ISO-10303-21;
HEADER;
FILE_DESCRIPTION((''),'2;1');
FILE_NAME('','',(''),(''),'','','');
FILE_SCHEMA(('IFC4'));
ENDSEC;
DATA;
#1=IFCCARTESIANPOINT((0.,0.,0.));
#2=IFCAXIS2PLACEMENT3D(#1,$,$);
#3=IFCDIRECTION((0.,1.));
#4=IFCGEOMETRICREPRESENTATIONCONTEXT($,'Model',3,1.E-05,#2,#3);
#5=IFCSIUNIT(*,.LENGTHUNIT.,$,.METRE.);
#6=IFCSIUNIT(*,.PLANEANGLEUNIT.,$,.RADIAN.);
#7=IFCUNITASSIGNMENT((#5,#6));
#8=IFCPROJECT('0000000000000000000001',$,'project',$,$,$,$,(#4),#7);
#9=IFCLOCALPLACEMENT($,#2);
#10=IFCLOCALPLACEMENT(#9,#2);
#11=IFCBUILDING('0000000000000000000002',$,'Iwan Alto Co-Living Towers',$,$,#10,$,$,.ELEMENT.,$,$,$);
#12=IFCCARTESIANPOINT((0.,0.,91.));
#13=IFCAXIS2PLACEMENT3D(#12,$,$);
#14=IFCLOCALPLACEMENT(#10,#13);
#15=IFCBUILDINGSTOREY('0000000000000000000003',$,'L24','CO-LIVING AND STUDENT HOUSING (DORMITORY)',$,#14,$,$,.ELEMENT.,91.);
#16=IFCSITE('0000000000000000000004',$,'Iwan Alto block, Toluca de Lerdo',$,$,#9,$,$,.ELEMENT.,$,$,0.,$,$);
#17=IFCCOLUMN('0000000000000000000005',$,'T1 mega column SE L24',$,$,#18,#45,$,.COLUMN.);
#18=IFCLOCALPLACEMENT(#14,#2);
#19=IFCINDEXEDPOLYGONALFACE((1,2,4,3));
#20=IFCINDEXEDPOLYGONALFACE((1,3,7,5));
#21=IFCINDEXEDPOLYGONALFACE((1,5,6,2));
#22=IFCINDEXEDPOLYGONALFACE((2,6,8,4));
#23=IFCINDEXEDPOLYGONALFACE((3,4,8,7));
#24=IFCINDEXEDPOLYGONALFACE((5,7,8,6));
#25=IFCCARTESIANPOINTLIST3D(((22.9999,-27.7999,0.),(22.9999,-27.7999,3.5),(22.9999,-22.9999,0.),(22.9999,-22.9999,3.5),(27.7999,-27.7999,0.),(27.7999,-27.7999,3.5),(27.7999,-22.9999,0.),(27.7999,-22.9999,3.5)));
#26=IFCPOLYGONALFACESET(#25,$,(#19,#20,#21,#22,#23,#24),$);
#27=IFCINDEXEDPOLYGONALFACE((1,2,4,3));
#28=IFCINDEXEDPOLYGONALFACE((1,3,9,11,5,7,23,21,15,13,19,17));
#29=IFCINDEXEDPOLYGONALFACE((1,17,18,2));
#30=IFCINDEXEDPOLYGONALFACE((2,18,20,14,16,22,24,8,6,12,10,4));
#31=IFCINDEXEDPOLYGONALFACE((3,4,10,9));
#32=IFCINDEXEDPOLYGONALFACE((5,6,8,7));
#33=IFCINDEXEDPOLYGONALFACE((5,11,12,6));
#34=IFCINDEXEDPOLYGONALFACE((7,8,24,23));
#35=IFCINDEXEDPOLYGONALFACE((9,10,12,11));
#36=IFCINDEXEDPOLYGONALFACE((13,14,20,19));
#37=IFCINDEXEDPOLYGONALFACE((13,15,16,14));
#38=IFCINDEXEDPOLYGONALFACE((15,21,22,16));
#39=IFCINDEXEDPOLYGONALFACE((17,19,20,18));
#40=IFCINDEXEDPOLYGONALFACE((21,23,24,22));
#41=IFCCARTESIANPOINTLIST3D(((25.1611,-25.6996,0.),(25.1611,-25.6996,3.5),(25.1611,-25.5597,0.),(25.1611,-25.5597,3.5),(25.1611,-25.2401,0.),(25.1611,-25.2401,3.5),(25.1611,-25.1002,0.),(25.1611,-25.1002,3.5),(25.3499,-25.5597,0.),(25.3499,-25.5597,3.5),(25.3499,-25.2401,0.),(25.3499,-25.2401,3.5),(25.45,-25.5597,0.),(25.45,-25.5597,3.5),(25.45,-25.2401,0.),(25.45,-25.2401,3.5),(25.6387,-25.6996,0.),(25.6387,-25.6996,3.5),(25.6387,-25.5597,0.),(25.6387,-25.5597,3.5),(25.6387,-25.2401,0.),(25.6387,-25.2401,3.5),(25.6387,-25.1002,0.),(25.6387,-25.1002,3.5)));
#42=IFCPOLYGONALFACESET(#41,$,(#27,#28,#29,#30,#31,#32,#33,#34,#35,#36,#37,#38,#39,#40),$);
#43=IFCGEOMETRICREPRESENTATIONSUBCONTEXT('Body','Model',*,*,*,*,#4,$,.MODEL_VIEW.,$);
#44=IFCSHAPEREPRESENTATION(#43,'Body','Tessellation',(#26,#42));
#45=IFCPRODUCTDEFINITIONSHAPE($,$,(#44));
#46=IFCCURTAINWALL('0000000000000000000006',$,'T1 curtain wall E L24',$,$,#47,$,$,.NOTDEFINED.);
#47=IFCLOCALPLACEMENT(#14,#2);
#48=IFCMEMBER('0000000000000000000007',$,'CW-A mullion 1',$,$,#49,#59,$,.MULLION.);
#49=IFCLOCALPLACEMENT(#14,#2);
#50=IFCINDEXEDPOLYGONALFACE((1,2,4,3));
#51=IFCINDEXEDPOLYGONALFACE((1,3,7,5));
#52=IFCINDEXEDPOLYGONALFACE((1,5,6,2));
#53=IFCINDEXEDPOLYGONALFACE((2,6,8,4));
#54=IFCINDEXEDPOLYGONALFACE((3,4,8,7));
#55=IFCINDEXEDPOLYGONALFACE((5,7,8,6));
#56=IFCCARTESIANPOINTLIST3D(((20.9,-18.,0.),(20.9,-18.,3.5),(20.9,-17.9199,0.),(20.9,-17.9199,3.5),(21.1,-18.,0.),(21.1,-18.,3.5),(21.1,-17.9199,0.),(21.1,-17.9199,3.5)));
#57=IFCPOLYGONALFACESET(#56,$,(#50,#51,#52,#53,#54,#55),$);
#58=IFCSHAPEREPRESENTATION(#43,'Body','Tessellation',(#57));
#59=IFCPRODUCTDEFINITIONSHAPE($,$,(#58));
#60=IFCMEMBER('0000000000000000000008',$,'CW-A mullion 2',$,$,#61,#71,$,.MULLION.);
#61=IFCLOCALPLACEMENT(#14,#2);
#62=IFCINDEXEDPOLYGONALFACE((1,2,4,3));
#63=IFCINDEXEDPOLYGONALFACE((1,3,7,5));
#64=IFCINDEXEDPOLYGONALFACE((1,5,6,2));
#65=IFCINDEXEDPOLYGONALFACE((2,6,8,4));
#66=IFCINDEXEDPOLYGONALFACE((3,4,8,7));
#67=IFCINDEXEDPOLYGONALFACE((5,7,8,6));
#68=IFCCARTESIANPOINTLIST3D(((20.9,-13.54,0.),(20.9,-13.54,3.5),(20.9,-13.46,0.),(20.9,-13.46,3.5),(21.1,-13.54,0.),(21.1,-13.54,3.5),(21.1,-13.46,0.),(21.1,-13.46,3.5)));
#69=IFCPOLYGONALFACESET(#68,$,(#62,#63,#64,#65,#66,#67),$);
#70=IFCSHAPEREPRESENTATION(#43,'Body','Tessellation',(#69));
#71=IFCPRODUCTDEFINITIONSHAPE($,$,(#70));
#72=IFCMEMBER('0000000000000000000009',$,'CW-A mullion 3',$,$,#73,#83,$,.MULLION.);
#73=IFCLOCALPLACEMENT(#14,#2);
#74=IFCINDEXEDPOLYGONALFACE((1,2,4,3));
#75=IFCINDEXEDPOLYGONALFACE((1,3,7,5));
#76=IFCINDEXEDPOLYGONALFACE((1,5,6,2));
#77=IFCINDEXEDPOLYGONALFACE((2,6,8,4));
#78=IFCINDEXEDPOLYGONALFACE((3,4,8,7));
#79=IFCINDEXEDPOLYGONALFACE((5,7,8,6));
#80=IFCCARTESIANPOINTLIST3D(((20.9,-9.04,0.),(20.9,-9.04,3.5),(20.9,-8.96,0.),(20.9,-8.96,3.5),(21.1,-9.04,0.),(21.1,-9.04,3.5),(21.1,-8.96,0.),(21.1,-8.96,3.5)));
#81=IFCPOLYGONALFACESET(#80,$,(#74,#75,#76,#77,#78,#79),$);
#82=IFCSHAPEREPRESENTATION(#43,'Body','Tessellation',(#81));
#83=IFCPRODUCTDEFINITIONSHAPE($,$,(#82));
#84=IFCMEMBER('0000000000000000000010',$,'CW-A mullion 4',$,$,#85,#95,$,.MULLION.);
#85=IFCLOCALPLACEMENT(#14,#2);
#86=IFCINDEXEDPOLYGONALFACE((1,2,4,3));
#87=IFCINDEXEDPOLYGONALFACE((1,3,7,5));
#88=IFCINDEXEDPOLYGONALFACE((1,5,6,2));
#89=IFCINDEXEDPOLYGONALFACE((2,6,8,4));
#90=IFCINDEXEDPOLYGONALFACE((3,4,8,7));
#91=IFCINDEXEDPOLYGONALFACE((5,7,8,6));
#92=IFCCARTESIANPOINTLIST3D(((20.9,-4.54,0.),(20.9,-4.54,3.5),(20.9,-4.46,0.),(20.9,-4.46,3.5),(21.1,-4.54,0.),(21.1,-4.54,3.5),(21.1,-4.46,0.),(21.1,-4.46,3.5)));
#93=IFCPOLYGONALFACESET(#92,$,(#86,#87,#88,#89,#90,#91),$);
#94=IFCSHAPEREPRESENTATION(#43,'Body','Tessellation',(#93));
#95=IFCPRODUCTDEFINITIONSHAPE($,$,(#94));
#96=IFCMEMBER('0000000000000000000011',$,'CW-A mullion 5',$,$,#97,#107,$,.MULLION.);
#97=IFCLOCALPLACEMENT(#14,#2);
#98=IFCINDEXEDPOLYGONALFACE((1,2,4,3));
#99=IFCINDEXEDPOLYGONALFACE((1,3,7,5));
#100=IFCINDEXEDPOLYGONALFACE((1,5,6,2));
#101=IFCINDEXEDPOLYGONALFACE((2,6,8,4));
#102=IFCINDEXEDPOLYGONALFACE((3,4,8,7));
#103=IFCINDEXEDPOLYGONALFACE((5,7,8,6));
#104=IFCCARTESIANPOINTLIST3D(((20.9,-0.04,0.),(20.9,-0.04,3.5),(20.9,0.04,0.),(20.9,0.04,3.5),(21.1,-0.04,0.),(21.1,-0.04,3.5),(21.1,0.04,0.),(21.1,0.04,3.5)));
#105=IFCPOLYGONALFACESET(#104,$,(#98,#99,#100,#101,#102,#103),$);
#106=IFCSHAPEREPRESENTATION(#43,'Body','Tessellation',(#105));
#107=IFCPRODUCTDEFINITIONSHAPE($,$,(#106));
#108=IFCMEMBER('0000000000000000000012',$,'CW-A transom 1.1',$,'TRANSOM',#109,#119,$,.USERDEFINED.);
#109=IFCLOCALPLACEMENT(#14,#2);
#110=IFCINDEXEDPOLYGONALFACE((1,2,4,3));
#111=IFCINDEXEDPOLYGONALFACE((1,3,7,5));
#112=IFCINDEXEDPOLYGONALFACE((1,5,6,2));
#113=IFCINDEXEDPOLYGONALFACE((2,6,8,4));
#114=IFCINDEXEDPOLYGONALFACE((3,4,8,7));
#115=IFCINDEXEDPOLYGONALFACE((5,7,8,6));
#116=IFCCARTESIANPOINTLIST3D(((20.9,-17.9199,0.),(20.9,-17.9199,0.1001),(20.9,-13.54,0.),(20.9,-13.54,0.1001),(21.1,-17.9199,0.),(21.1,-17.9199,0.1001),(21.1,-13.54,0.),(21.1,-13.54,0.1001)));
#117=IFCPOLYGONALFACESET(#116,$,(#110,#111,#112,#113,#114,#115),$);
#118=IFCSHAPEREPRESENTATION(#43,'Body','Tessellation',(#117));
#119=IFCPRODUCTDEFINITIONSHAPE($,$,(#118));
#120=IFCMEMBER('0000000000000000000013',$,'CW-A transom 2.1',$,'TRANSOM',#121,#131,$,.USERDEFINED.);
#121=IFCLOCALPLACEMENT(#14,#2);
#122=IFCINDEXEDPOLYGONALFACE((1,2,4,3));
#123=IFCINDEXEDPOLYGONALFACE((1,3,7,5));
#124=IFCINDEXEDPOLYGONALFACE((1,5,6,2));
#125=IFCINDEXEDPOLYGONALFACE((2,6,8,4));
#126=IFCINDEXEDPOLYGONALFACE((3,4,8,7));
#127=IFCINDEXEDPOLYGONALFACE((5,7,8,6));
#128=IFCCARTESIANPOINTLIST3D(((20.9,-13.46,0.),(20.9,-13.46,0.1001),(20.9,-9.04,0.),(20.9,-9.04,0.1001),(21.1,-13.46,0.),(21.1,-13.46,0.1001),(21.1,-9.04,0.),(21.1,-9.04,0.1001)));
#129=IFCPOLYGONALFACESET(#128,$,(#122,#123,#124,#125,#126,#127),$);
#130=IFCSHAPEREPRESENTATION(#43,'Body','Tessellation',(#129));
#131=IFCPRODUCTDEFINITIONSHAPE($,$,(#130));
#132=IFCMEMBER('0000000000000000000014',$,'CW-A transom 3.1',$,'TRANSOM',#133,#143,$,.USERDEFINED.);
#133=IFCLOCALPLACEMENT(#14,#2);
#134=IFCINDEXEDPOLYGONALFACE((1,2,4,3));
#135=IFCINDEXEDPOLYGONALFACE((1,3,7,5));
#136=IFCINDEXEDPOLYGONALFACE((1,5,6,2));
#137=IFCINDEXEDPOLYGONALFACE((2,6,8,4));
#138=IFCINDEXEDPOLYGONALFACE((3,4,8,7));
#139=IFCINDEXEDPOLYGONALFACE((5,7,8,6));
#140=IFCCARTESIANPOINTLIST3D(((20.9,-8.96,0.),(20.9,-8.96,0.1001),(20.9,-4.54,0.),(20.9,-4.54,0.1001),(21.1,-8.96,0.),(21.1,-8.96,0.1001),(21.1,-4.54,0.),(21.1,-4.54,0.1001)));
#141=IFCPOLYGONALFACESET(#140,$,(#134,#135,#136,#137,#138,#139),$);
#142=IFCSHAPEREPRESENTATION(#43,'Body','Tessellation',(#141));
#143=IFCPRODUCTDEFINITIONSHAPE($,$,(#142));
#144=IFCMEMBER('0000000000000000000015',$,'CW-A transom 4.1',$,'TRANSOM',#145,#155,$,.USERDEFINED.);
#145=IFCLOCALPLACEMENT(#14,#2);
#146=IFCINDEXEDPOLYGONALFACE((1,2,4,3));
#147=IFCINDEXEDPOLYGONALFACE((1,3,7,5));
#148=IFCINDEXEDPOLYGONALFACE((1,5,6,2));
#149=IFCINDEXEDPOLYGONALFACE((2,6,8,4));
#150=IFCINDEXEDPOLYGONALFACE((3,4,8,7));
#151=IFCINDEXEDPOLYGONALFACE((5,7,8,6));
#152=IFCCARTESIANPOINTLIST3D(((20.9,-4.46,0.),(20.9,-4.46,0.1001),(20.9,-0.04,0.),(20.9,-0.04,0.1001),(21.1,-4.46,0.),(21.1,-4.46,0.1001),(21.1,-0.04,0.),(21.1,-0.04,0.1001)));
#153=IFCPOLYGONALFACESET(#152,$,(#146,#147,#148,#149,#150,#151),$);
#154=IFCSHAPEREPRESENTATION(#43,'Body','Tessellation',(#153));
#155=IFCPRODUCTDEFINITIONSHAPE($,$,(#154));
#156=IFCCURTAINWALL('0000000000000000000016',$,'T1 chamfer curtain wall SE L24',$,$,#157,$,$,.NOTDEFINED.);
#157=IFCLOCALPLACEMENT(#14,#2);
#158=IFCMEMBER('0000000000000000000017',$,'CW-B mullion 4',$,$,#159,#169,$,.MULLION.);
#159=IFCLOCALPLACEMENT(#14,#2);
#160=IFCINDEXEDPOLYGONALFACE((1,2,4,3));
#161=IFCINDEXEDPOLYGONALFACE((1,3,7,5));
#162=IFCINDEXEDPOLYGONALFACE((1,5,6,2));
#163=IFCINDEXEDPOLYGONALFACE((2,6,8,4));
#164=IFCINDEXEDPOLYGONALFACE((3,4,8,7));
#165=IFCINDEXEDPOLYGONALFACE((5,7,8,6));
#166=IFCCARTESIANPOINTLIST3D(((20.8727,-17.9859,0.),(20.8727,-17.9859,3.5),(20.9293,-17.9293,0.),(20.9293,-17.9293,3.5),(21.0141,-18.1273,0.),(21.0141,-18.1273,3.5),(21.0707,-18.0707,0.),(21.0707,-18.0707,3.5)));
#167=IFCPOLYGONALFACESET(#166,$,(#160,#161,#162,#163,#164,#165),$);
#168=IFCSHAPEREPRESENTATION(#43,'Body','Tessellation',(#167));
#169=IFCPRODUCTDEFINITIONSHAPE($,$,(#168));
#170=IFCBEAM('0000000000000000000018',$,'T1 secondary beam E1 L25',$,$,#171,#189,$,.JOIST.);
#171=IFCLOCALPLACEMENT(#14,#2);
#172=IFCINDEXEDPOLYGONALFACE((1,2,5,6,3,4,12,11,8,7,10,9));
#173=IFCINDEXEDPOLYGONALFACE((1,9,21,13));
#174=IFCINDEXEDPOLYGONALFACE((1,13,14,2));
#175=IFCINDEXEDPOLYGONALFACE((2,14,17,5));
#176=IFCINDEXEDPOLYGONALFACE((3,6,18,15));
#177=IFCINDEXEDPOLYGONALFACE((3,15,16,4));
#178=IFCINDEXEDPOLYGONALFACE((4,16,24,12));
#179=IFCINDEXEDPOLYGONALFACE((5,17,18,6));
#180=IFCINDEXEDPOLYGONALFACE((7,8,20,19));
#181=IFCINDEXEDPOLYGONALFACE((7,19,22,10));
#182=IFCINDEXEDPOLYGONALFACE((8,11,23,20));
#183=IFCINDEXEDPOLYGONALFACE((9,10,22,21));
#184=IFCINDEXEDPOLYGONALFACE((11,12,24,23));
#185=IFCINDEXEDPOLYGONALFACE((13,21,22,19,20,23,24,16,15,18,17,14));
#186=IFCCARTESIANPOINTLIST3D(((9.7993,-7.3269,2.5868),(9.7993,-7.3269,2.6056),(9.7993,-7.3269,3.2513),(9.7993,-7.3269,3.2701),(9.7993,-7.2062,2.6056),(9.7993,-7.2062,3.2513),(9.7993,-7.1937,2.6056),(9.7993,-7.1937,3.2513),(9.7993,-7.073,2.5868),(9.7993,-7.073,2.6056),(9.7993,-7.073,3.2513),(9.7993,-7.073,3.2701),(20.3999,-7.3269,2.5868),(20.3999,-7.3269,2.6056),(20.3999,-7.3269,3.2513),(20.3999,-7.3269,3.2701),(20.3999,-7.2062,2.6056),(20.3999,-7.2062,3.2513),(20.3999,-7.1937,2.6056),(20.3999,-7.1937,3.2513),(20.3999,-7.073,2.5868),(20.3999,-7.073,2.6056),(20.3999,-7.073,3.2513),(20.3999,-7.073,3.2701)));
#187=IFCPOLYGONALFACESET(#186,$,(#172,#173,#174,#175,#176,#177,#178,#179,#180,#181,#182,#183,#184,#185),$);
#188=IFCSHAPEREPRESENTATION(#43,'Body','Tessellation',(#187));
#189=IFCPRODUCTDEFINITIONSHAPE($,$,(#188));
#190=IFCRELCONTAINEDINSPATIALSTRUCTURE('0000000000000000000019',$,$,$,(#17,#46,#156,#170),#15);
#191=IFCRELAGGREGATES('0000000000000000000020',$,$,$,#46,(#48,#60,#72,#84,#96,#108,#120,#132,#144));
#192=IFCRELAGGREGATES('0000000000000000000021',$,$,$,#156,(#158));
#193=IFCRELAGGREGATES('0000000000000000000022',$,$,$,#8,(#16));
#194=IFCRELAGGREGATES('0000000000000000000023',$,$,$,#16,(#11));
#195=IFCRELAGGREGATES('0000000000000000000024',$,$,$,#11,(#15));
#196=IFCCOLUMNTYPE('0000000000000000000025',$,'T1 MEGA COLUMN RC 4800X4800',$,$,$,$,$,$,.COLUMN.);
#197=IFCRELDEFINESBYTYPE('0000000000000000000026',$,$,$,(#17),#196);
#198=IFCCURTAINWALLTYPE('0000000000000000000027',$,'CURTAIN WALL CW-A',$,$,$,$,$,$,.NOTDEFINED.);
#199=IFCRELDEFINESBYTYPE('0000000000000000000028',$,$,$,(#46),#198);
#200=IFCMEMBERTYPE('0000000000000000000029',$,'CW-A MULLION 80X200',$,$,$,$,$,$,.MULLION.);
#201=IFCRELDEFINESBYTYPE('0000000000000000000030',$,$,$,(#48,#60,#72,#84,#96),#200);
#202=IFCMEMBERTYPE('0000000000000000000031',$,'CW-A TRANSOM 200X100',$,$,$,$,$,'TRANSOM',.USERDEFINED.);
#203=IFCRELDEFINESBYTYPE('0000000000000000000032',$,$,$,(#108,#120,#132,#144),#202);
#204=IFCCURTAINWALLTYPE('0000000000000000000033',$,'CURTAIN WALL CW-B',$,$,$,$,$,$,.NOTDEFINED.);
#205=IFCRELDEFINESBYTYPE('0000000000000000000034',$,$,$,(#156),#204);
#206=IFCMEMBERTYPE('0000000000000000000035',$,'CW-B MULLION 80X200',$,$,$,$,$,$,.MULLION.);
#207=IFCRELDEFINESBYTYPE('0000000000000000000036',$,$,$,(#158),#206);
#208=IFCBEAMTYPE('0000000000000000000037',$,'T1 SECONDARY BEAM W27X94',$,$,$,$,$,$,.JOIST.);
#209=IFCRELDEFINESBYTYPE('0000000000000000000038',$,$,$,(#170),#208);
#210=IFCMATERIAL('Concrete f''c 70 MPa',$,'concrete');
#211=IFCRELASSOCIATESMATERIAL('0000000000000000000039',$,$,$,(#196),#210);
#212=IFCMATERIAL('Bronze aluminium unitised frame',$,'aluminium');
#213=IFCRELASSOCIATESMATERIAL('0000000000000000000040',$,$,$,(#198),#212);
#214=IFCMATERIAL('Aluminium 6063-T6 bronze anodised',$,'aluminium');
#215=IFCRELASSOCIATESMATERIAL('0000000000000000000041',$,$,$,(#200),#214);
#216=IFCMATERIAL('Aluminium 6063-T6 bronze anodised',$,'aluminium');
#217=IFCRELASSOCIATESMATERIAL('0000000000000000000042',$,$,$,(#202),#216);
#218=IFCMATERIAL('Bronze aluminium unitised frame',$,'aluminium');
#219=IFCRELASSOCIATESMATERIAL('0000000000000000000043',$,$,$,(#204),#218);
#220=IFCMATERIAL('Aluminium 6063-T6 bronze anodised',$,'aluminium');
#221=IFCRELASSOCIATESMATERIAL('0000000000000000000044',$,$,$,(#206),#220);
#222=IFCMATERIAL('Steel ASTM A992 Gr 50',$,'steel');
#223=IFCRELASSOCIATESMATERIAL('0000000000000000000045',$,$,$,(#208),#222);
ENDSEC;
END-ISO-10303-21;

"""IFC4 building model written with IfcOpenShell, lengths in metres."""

from ifc_helpers import new_model, si_unit, direction, frame, origin, origin_2d, place, context, subcontext, project, spatial, rectangle, i_section, extrude, material, material_profile, profile_set, type_object, element, aggregate, save


model = new_model("IFC4")

# Units and contexts
model_context = context("Model", 3, precision=1e-05, world=origin(), true_north=direction((0.0, 1.0)))
body_context = subcontext(model_context, "Body", "Model", "MODEL_VIEW")
ifc_project = project(units=[si_unit("LENGTHUNIT", "METRE"), si_unit("PLANEANGLEUNIT", "RADIAN")], contexts=[model_context])

# Site, building, storey
site_placement = place(None, origin())
site = spatial("IfcSite", under=ifc_project, at=site_placement, Name="Iwan Alto block, Toluca de Lerdo", CompositionType="ELEMENT", RefElevation=0.0)
building_placement = place(site_placement, origin())
building = spatial("IfcBuilding", under=site, at=building_placement, Name="Iwan Alto Co-Living Towers", CompositionType="ELEMENT")
storey_placement = place(building_placement, frame((0.0, 0.0, 91.0)))
storey = spatial("IfcBuildingStorey", under=building, at=storey_placement, Name="L24", Description="CO-LIVING AND STUDENT HOUSING (DORMITORY)", CompositionType="ELEMENT", Elevation=91.0)

# Column
ifc_material_1 = material(Name="Concrete f'c 70 MPa", Category="concrete")
ifc_material_profile_1 = material_profile(ifc_material_1, rectangle(XDim=4.8, YDim=4.8, at=origin_2d()), Name="RC 4800X4800")
ifc_profile_set_1 = profile_set([ifc_material_profile_1], Name="Concrete f'c 70 MPa")
column_type = type_object("IfcColumnType", Name="T1 MEGA COLUMN RC 4800X4800", PredefinedType="COLUMN", material=ifc_profile_set_1)
column_placement = place(storey_placement, frame((25.3999, -25.3999, 0.0), z_axis=(0.0, 0.0, 1.0), x_axis=(1.0, 0.0, 0.0)))
element("IfcColumn", 1, at=column_placement, inside=storey, type_object=column_type, Name="T1 mega column SE L24", PredefinedType="COLUMN", context=body_context, shape_type="SweptSolid", body=[
    extrude(rectangle(XDim=4.8, YDim=4.8, at=origin_2d()), origin(), (0.0, 0.0, 1.0), 3.5),
    extrude(i_section(OverallWidth=0.4775, OverallDepth=0.5994, WebThickness=0.1001, FlangeThickness=0.1399, at=origin_2d()), origin(), (0.0, 0.0, 1.0), 3.5),
])

# Curtain wall, members
ifc_material_2 = material(Name="Bronze aluminium unitised frame", Category="aluminium")
curtain_wall_type_1 = type_object("IfcCurtainWallType", Name="CURTAIN WALL CW-A", PredefinedType="NOTDEFINED", material=ifc_material_2)
curtain_wall_1_placement = place(storey_placement, origin())
curtain_wall_1 = element("IfcCurtainWall", 2, at=curtain_wall_1_placement, inside=storey, type_object=curtain_wall_type_1, Name="T1 curtain wall E L24", PredefinedType="NOTDEFINED")
ifc_material_3 = material(Name="Aluminium 6063-T6 bronze anodised", Category="aluminium")
ifc_material_profile_2 = material_profile(ifc_material_3, rectangle(XDim=0.2, YDim=0.0801, at=origin_2d()), Name="AL 80X200")
ifc_profile_set_2 = profile_set([ifc_material_profile_2], Name="Aluminium 6063-T6 bronze anodised")
member_type_1 = type_object("IfcMemberType", Name="CW-A MULLION 80X200", PredefinedType="MULLION", material=ifc_profile_set_2)
member_1_placement = place(storey_placement, frame((21.0, -17.96, 0.0), z_axis=(0.0, 0.0, 1.0), x_axis=(-1.0, 0.0, 0.0)))
member_1 = element("IfcMember", 3, at=member_1_placement, type_object=member_type_1, Name="CW-A mullion 1", PredefinedType="MULLION", context=body_context, shape_type="SweptSolid", body=[
    extrude(rectangle(XDim=0.2, YDim=0.0801, at=origin_2d()), origin(), (0.0, 0.0, 1.0), 3.5),
])
member_2_placement = place(storey_placement, frame((21.0, -13.5, 0.0), z_axis=(0.0, 0.0, 1.0), x_axis=(-1.0, 0.0, 0.0)))
member_2 = element("IfcMember", 4, at=member_2_placement, type_object=member_type_1, Name="CW-A mullion 2", PredefinedType="MULLION", context=body_context, shape_type="SweptSolid", body=[
    extrude(rectangle(XDim=0.2, YDim=0.0801, at=origin_2d()), origin(), (0.0, 0.0, 1.0), 3.5),
])
member_3_placement = place(storey_placement, frame((21.0, -9.0, 0.0), z_axis=(0.0, 0.0, 1.0), x_axis=(-1.0, 0.0, 0.0)))
member_3 = element("IfcMember", 5, at=member_3_placement, type_object=member_type_1, Name="CW-A mullion 3", PredefinedType="MULLION", context=body_context, shape_type="SweptSolid", body=[
    extrude(rectangle(XDim=0.2, YDim=0.0801, at=origin_2d()), origin(), (0.0, 0.0, 1.0), 3.5),
])
member_4_placement = place(storey_placement, frame((21.0, -4.5, 0.0), z_axis=(0.0, 0.0, 1.0), x_axis=(-1.0, 0.0, 0.0)))
member_4 = element("IfcMember", 6, at=member_4_placement, type_object=member_type_1, Name="CW-A mullion 4", PredefinedType="MULLION", context=body_context, shape_type="SweptSolid", body=[
    extrude(rectangle(XDim=0.2, YDim=0.0801, at=origin_2d()), origin(), (0.0, 0.0, 1.0), 3.5),
])
member_5_placement = place(storey_placement, frame((21.0, 0.0, 0.0), z_axis=(0.0, 0.0, 1.0), x_axis=(-1.0, 0.0, 0.0)))
member_5 = element("IfcMember", 7, at=member_5_placement, type_object=member_type_1, Name="CW-A mullion 5", PredefinedType="MULLION", context=body_context, shape_type="SweptSolid", body=[
    extrude(rectangle(XDim=0.2, YDim=0.0801, at=origin_2d()), origin(), (0.0, 0.0, 1.0), 3.5),
])
ifc_material_4 = material(Name="Aluminium 6063-T6 bronze anodised", Category="aluminium")
ifc_material_profile_3 = material_profile(ifc_material_4, rectangle(XDim=0.2, YDim=0.1001, at=origin_2d()), Name="AL 200X100")
ifc_profile_set_3 = profile_set([ifc_material_profile_3], Name="Aluminium 6063-T6 bronze anodised")
member_type_2 = type_object("IfcMemberType", Name="CW-A TRANSOM 200X100", ElementType="TRANSOM", PredefinedType="USERDEFINED", material=ifc_profile_set_3)
member_6_placement = place(storey_placement, frame((21.0, -17.9199, 0.05), z_axis=(0.0, 1.0, 0.0), x_axis=(-1.0, 0.0, 0.0)))
member_6 = element("IfcMember", 8, at=member_6_placement, type_object=member_type_2, Name="CW-A transom 1.1", ObjectType="TRANSOM", PredefinedType="USERDEFINED", context=body_context, shape_type="SweptSolid", body=[
    extrude(rectangle(XDim=0.2, YDim=0.1001, at=origin_2d()), origin(), (0.0, 0.0, 1.0), 4.3799),
])
member_7_placement = place(storey_placement, frame((21.0, -13.46, 0.05), z_axis=(0.0, 1.0, 0.0), x_axis=(-1.0, 0.0, 0.0)))
member_7 = element("IfcMember", 9, at=member_7_placement, type_object=member_type_2, Name="CW-A transom 2.1", ObjectType="TRANSOM", PredefinedType="USERDEFINED", context=body_context, shape_type="SweptSolid", body=[
    extrude(rectangle(XDim=0.2, YDim=0.1001, at=origin_2d()), origin(), (0.0, 0.0, 1.0), 4.4199),
])
member_8_placement = place(storey_placement, frame((21.0, -8.96, 0.05), z_axis=(0.0, 1.0, 0.0), x_axis=(-1.0, 0.0, 0.0)))
member_8 = element("IfcMember", 10, at=member_8_placement, type_object=member_type_2, Name="CW-A transom 3.1", ObjectType="TRANSOM", PredefinedType="USERDEFINED", context=body_context, shape_type="SweptSolid", body=[
    extrude(rectangle(XDim=0.2, YDim=0.1001, at=origin_2d()), origin(), (0.0, 0.0, 1.0), 4.4199),
])
member_9_placement = place(storey_placement, frame((21.0, -4.46, 0.05), z_axis=(0.0, 1.0, 0.0), x_axis=(-1.0, 0.0, 0.0)))
member_9 = element("IfcMember", 11, at=member_9_placement, type_object=member_type_2, Name="CW-A transom 4.1", ObjectType="TRANSOM", PredefinedType="USERDEFINED", context=body_context, shape_type="SweptSolid", body=[
    extrude(rectangle(XDim=0.2, YDim=0.1001, at=origin_2d()), origin(), (0.0, 0.0, 1.0), 4.4199),
])

# Curtain wall, member
ifc_material_5 = material(Name="Bronze aluminium unitised frame", Category="aluminium")
curtain_wall_type_2 = type_object("IfcCurtainWallType", Name="CURTAIN WALL CW-B", PredefinedType="NOTDEFINED", material=ifc_material_5)
curtain_wall_2_placement = place(storey_placement, origin())
curtain_wall_2 = element("IfcCurtainWall", 12, at=curtain_wall_2_placement, inside=storey, type_object=curtain_wall_type_2, Name="T1 chamfer curtain wall SE L24", PredefinedType="NOTDEFINED")
ifc_material_6 = material(Name="Aluminium 6063-T6 bronze anodised", Category="aluminium")
ifc_material_profile_4 = material_profile(ifc_material_6, rectangle(XDim=0.2, YDim=0.0801, at=origin_2d()), Name="AL 80X200")
ifc_profile_set_4 = profile_set([ifc_material_profile_4], Name="Aluminium 6063-T6 bronze anodised")
member_type_3 = type_object("IfcMemberType", Name="CW-B MULLION 80X200", PredefinedType="MULLION", material=ifc_profile_set_4)
member_10_placement = place(storey_placement, frame((20.9717, -18.0283, 0.0), z_axis=(0.0, 0.0, 1.0), x_axis=(-0.707107, 0.707107, 0.0)))
member_10 = element("IfcMember", 13, at=member_10_placement, type_object=member_type_3, Name="CW-B mullion 4", PredefinedType="MULLION", context=body_context, shape_type="SweptSolid", body=[
    extrude(rectangle(XDim=0.2, YDim=0.0801, at=origin_2d()), origin(), (0.0, 0.0, 1.0), 3.5),
])

# Beam
ifc_material_7 = material(Name="Steel ASTM A992 Gr 50", Category="steel")
ifc_material_profile_5 = material_profile(ifc_material_7, i_section(OverallWidth=0.2539, OverallDepth=0.6833, WebThickness=0.0125, FlangeThickness=0.0188, at=origin_2d()), Name="W27X94")
ifc_profile_set_5 = profile_set([ifc_material_profile_5], Name="Steel ASTM A992 Gr 50")
beam_type = type_object("IfcBeamType", Name="T1 SECONDARY BEAM W27X94", PredefinedType="JOIST", material=ifc_profile_set_5)
for number, where, z_axis, x_axis, name in (
    (14, (20.3999, -7.2, 2.9285), (-1.0, 0.0, 0.0), (0.0, -1.0, 0.0), "T1 secondary beam E1 L25"),
):
    element("IfcBeam", number, at=place(storey_placement, frame(where, z_axis=z_axis, x_axis=x_axis)), inside=storey, type_object=beam_type, Name=name, PredefinedType="JOIST", context=body_context, shape_type="SweptSolid", body=[
        extrude(i_section(OverallWidth=0.2539, OverallDepth=0.6833, WebThickness=0.0125, FlangeThickness=0.0188, at=origin_2d()), origin(), (0.0, 0.0, 1.0), 10.6006),
    ])

aggregate(curtain_wall_1, [member_1, member_2, member_3, member_4, member_5, member_6, member_7, member_8, member_9])
aggregate(curtain_wall_2, [member_10])

save(model, "model.ifc")
